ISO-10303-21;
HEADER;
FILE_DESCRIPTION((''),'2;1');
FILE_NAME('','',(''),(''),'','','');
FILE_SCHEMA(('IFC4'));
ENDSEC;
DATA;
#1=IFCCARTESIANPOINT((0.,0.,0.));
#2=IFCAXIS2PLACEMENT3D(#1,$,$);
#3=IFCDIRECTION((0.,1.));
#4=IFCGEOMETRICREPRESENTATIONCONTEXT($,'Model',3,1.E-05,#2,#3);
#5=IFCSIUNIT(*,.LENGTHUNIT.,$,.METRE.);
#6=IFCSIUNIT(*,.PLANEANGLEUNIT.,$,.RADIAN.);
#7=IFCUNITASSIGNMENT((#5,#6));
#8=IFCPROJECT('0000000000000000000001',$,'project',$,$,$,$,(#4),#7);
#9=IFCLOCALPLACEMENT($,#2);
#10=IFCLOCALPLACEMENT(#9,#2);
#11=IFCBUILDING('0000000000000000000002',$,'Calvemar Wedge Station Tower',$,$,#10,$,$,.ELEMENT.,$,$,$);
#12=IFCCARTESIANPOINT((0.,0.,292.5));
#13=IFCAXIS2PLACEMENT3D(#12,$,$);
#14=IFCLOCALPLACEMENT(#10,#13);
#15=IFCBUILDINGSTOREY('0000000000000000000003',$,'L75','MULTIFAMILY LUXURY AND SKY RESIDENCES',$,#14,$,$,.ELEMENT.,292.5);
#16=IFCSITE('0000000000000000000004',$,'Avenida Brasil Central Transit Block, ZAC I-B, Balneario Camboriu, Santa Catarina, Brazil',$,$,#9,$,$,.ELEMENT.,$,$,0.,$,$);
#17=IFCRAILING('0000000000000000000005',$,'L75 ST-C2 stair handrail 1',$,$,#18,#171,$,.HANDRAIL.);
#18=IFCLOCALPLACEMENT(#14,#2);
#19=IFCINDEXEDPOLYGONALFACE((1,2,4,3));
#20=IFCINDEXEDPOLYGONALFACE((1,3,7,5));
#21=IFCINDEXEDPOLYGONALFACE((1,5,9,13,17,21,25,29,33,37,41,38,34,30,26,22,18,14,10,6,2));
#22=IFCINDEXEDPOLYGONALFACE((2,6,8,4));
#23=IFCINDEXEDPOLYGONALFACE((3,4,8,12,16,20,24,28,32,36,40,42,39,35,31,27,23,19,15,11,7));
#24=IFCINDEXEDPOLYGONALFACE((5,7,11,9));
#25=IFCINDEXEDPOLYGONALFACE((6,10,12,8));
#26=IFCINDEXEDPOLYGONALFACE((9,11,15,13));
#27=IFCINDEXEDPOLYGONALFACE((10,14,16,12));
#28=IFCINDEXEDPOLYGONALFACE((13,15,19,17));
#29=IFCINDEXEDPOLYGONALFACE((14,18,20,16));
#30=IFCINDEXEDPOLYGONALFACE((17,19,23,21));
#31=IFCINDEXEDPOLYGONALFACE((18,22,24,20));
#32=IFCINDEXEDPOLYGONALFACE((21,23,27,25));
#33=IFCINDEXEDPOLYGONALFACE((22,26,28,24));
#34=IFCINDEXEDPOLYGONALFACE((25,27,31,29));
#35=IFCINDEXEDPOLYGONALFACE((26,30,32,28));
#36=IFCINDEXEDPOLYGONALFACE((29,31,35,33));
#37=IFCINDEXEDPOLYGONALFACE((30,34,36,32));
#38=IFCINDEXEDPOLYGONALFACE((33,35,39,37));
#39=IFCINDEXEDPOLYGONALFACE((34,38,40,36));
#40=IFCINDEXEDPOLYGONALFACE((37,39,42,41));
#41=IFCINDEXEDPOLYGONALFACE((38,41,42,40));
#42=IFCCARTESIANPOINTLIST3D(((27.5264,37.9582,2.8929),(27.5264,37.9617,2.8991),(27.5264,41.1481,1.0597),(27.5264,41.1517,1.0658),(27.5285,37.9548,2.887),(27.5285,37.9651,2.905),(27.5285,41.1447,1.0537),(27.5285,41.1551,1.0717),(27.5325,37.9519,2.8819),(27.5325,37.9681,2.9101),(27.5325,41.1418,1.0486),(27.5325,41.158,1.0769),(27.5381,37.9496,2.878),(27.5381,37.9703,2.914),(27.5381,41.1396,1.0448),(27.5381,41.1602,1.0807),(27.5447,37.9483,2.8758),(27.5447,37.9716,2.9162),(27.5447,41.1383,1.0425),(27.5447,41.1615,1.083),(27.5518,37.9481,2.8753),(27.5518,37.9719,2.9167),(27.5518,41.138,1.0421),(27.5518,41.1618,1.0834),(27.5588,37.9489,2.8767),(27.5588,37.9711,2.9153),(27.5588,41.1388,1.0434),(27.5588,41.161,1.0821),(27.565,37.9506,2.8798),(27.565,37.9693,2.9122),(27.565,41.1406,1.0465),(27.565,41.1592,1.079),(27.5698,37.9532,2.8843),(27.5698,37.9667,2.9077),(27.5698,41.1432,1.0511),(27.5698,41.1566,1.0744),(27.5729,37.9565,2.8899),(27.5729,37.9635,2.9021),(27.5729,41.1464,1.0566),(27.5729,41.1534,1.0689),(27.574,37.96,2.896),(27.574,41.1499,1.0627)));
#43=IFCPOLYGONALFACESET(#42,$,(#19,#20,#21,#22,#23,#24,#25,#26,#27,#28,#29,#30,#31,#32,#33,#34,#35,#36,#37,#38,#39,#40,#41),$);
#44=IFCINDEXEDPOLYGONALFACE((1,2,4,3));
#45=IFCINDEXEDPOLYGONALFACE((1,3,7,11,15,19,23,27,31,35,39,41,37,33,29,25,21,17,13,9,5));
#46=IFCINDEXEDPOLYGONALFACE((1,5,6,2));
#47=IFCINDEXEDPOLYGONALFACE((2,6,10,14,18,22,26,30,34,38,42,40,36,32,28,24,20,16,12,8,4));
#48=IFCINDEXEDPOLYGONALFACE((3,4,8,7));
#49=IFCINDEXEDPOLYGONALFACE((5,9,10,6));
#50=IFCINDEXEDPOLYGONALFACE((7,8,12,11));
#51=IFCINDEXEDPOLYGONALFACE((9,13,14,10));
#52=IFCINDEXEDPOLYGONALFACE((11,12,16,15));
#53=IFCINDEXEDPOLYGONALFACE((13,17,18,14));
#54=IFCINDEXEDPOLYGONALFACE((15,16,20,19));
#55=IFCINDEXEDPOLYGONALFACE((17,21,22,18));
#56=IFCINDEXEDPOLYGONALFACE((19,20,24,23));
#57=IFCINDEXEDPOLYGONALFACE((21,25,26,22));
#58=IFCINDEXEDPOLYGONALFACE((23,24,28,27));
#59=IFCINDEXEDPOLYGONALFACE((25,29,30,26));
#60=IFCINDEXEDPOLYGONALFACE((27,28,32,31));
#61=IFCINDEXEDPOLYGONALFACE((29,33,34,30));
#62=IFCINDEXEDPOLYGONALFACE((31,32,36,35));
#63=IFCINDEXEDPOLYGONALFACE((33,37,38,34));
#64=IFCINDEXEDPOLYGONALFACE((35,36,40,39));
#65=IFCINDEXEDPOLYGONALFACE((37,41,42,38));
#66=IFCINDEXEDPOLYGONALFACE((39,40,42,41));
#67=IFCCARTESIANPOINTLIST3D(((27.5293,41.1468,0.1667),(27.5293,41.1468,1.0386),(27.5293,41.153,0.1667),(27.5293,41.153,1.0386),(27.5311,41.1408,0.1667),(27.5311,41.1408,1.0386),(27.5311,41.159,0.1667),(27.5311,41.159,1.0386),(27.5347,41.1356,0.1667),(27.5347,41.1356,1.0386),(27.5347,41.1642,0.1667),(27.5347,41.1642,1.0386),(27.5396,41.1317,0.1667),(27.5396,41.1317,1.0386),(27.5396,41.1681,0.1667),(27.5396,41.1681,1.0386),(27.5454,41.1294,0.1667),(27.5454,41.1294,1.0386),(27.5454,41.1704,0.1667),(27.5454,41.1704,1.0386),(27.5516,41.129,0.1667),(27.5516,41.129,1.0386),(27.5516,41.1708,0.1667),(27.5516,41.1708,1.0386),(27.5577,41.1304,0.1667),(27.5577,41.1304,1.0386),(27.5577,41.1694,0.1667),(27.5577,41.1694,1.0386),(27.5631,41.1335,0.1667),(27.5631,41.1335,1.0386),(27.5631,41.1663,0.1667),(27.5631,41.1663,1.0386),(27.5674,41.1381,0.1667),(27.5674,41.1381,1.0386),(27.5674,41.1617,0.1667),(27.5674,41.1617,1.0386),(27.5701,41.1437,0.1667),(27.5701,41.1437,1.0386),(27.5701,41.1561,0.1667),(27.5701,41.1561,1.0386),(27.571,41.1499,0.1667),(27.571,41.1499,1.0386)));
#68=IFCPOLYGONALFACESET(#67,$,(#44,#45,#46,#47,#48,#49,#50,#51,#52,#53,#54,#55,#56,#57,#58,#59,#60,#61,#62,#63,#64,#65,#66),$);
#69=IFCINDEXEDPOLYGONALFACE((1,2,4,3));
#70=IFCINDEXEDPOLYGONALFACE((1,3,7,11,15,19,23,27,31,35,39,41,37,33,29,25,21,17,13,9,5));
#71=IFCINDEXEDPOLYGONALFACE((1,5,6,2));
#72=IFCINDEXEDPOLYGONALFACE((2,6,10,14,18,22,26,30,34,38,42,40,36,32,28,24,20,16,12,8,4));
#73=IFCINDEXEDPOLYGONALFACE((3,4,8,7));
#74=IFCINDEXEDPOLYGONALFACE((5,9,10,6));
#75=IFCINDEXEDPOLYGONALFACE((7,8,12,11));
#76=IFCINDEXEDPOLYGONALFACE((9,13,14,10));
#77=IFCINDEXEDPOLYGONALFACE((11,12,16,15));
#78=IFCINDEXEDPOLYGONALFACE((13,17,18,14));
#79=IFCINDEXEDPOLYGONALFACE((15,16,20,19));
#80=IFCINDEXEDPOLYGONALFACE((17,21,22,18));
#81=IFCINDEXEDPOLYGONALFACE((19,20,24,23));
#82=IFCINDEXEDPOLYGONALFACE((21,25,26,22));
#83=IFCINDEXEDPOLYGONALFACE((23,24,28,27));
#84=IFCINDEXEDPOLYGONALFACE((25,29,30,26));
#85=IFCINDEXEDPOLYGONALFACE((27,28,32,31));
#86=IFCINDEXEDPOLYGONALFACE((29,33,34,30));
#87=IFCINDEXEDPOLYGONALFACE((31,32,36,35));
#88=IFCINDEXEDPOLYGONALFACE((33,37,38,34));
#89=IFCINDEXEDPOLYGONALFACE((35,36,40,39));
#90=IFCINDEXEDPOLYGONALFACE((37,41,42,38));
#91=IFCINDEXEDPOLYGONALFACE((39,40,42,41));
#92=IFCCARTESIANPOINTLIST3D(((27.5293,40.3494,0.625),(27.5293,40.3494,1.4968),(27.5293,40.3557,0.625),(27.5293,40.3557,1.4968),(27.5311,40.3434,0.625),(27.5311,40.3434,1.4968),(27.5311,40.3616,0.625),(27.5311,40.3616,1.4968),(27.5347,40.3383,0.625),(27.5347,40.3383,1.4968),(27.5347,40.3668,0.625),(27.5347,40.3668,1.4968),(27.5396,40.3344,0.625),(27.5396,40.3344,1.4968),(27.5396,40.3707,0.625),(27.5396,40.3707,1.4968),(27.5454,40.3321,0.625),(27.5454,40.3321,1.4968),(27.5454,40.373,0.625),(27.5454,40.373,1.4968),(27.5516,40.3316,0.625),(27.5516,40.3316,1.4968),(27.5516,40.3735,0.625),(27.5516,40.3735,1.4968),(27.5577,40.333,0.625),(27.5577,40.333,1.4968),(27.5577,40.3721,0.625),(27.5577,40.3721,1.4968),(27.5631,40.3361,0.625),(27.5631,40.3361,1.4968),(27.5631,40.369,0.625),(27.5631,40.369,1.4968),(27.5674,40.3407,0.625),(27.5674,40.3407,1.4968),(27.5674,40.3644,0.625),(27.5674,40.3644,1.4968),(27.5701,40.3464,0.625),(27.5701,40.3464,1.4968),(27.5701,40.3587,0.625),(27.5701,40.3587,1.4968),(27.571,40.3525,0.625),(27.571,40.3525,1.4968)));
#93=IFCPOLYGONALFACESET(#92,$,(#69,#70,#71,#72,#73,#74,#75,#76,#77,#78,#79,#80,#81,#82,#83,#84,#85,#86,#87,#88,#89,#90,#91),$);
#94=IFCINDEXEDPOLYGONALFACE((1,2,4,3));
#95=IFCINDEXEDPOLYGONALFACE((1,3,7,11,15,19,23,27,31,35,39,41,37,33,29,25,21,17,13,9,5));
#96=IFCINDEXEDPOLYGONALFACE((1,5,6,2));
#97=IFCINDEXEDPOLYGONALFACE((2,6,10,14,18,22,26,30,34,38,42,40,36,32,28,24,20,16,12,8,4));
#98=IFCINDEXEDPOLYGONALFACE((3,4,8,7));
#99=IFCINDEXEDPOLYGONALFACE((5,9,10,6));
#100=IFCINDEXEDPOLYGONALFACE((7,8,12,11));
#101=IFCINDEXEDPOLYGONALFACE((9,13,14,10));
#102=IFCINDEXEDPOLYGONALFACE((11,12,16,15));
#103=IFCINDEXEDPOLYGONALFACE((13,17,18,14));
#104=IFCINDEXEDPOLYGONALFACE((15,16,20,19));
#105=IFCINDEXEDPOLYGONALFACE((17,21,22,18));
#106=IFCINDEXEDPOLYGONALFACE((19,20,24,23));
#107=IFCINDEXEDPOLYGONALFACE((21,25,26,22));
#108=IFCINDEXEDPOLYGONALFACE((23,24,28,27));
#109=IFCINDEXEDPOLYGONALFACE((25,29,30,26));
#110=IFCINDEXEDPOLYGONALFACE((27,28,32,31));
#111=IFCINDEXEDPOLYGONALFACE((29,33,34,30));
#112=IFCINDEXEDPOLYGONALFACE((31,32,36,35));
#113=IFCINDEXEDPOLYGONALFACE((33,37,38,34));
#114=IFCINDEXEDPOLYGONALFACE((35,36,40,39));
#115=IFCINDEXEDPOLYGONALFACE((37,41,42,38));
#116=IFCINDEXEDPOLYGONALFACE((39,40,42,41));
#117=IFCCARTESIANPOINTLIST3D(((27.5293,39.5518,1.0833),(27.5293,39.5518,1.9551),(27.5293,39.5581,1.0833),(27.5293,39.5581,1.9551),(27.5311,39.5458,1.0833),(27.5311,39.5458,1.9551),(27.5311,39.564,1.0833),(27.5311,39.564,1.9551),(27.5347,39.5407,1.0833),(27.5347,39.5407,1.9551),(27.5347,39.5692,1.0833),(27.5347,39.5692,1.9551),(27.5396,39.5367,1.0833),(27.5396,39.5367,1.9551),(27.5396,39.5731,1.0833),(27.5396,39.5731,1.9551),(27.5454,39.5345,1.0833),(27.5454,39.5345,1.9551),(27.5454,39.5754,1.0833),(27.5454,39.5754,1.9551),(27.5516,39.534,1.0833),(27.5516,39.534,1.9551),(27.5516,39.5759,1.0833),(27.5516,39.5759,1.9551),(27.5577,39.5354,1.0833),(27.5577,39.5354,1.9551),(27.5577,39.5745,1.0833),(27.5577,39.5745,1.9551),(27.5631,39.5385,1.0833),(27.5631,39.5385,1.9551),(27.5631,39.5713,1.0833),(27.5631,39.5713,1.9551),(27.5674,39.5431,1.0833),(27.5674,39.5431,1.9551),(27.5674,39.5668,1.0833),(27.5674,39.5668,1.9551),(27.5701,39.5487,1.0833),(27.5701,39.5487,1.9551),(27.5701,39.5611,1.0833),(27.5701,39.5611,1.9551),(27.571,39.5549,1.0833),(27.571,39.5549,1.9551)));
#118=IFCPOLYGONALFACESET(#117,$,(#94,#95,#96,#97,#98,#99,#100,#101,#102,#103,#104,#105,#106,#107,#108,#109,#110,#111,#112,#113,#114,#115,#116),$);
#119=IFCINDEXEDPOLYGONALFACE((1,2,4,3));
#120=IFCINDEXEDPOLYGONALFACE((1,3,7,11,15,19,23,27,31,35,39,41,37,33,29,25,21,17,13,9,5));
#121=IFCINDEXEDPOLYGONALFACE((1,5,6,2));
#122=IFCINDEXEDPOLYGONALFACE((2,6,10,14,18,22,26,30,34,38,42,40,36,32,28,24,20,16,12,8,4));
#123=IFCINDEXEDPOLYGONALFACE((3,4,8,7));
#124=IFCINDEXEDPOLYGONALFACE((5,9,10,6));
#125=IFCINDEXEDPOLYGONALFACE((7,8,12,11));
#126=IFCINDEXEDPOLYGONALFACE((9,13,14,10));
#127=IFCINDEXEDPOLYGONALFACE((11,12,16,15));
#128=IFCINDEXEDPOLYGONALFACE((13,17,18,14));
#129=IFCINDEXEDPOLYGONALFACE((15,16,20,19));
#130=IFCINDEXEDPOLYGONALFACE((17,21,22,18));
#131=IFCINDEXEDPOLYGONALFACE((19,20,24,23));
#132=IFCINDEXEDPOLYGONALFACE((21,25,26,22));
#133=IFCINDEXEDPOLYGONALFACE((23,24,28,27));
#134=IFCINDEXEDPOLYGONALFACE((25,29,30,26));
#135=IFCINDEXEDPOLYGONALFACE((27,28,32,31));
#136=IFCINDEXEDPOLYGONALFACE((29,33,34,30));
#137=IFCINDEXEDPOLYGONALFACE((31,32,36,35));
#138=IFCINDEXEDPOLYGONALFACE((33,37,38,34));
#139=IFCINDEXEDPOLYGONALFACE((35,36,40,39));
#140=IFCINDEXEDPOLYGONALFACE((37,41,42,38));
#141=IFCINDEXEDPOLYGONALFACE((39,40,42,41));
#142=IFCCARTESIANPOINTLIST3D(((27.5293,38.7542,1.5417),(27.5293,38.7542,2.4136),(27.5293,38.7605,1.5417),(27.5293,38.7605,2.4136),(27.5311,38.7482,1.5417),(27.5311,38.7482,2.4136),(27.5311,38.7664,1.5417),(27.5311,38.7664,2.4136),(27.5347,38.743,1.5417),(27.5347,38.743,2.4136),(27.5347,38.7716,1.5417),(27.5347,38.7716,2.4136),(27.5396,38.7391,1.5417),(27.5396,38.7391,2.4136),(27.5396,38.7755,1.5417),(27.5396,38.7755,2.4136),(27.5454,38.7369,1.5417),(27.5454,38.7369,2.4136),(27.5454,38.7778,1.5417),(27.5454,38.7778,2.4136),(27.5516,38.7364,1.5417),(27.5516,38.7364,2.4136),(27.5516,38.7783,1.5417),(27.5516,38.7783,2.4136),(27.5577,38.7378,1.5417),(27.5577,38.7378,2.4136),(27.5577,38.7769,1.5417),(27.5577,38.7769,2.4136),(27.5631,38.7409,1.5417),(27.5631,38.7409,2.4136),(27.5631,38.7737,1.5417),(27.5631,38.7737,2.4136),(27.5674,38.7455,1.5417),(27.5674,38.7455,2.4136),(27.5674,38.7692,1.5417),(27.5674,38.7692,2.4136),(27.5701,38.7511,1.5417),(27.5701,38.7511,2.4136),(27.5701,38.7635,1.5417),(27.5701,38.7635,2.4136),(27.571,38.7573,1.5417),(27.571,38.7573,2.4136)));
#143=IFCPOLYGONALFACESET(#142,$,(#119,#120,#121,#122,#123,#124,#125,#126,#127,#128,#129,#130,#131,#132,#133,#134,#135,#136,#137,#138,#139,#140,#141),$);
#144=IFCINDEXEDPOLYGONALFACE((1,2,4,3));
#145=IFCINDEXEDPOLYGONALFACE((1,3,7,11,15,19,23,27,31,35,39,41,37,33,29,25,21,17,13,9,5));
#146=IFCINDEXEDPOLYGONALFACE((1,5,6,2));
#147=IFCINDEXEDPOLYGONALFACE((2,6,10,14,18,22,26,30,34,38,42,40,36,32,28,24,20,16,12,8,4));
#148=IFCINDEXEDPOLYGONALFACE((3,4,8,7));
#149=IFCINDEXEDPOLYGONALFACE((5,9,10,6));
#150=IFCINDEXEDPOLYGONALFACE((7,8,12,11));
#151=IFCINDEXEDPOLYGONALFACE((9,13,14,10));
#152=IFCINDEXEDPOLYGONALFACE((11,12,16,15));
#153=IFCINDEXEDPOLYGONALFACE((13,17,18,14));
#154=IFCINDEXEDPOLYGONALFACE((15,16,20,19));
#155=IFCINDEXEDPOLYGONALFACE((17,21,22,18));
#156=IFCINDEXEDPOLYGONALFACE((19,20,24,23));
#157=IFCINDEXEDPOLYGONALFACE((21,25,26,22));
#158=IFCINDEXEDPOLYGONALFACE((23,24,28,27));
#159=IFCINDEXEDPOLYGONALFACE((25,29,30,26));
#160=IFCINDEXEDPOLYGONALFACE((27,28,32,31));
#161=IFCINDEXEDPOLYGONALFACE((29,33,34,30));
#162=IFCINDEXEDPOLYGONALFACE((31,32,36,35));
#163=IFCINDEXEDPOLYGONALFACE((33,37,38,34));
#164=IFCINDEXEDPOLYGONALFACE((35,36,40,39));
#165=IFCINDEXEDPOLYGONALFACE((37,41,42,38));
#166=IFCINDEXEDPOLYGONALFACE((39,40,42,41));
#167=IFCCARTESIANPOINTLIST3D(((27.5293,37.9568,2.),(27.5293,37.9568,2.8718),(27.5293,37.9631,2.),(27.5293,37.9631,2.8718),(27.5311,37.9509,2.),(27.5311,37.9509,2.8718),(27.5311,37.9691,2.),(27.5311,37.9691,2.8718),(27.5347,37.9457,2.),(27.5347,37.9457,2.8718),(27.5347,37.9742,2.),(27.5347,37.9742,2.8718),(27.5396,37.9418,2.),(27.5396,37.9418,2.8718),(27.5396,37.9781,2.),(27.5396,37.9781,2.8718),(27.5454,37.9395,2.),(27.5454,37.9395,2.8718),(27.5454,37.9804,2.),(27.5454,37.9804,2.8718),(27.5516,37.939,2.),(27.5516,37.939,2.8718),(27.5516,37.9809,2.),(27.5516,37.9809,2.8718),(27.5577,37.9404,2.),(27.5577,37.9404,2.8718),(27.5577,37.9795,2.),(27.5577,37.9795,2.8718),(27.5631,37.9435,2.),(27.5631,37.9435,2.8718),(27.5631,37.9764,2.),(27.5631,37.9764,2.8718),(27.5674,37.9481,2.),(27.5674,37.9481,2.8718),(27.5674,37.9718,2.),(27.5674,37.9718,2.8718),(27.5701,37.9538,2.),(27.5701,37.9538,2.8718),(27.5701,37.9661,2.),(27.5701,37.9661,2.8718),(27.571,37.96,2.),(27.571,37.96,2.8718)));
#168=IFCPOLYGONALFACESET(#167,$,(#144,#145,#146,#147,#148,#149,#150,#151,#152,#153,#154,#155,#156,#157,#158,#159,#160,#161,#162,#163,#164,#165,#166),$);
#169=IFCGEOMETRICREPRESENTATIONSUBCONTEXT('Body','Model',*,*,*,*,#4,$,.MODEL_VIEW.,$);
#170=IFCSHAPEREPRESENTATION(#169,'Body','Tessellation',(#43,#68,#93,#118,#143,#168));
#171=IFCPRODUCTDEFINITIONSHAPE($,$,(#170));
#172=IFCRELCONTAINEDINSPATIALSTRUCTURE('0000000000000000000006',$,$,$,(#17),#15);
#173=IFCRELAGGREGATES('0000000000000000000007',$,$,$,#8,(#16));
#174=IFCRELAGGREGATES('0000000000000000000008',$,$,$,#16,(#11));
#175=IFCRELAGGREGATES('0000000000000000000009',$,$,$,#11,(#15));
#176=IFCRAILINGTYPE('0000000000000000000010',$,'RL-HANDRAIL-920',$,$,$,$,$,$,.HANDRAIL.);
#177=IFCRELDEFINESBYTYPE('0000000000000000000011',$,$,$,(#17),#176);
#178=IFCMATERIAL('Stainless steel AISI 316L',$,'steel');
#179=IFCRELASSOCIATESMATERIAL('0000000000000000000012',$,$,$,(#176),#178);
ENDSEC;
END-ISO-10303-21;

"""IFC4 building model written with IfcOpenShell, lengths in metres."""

from ifc_helpers import new_model, si_unit, direction, frame, origin, origin_2d, place, context, subcontext, project, spatial, circle, extrude, material, type_object, element, save


model = new_model("IFC4")

# Units and contexts
model_context = context("Model", 3, precision=1e-05, world=origin(), true_north=direction((0.0, 1.0)))
body_context = subcontext(model_context, "Body", "Model", "MODEL_VIEW")
ifc_project = project(units=[si_unit("LENGTHUNIT", "METRE"), si_unit("PLANEANGLEUNIT", "RADIAN")], contexts=[model_context])

# Site, building, storey
site_placement = place(None, origin())
site = spatial("IfcSite", under=ifc_project, at=site_placement, Name="Avenida Brasil Central Transit Block, ZAC I-B, Balneario Camboriu, Santa Catarina, Brazil", CompositionType="ELEMENT", RefElevation=0.0)
building_placement = place(site_placement, origin())
building = spatial("IfcBuilding", under=site, at=building_placement, Name="Calvemar Wedge Station Tower", CompositionType="ELEMENT")
storey_placement = place(building_placement, frame((0.0, 0.0, 292.5)))
storey = spatial("IfcBuildingStorey", under=building, at=storey_placement, Name="L75", Description="MULTIFAMILY LUXURY AND SKY RESIDENCES", CompositionType="ELEMENT", Elevation=292.5)

# Railing
ifc_material_1 = material(Name="Stainless steel AISI 316L", Category="steel")
railing_type_1 = type_object("IfcRailingType", Name="RL-HANDRAIL-920", PredefinedType="HANDRAIL", material=ifc_material_1)
railing_1_placement = place(storey_placement, frame((27.55, 41.1499, 0.1667)))
element("IfcRailing", 1, at=railing_1_placement, inside=storey, type_object=railing_type_1, Name="L75 ST-C2 stair handrail 1", PredefinedType="HANDRAIL", context=body_context, shape_type="SweptSolid", body=[
    extrude(circle(Radius=0.0239, at=origin_2d()), frame((0.0, 0.0, 0.896), z_axis=(0.0, -0.86702, 0.498274), x_axis=(1.0, 0.0, 0.0)), (0.0, 0.0, 1.0), 3.6792),
    extrude(circle(Radius=0.021, at=origin_2d()), origin(), (0.0, 0.0, 1.0), 0.8718),
    extrude(circle(Radius=0.021, at=origin_2d()), frame((0.0, -0.7974, 0.4583)), (0.0, 0.0, 1.0), 0.8718),
    extrude(circle(Radius=0.021, at=origin_2d()), frame((0.0, -1.595, 0.9165)), (0.0, 0.0, 1.0), 0.8718),
    extrude(circle(Radius=0.021, at=origin_2d()), frame((0.0, -2.3926, 1.375)), (0.0, 0.0, 1.0), 0.8718),
    extrude(circle(Radius=0.021, at=origin_2d()), frame((0.0, -3.1899, 1.8333)), (0.0, 0.0, 1.0), 0.8718),
])

save(model, "model.ifc")
